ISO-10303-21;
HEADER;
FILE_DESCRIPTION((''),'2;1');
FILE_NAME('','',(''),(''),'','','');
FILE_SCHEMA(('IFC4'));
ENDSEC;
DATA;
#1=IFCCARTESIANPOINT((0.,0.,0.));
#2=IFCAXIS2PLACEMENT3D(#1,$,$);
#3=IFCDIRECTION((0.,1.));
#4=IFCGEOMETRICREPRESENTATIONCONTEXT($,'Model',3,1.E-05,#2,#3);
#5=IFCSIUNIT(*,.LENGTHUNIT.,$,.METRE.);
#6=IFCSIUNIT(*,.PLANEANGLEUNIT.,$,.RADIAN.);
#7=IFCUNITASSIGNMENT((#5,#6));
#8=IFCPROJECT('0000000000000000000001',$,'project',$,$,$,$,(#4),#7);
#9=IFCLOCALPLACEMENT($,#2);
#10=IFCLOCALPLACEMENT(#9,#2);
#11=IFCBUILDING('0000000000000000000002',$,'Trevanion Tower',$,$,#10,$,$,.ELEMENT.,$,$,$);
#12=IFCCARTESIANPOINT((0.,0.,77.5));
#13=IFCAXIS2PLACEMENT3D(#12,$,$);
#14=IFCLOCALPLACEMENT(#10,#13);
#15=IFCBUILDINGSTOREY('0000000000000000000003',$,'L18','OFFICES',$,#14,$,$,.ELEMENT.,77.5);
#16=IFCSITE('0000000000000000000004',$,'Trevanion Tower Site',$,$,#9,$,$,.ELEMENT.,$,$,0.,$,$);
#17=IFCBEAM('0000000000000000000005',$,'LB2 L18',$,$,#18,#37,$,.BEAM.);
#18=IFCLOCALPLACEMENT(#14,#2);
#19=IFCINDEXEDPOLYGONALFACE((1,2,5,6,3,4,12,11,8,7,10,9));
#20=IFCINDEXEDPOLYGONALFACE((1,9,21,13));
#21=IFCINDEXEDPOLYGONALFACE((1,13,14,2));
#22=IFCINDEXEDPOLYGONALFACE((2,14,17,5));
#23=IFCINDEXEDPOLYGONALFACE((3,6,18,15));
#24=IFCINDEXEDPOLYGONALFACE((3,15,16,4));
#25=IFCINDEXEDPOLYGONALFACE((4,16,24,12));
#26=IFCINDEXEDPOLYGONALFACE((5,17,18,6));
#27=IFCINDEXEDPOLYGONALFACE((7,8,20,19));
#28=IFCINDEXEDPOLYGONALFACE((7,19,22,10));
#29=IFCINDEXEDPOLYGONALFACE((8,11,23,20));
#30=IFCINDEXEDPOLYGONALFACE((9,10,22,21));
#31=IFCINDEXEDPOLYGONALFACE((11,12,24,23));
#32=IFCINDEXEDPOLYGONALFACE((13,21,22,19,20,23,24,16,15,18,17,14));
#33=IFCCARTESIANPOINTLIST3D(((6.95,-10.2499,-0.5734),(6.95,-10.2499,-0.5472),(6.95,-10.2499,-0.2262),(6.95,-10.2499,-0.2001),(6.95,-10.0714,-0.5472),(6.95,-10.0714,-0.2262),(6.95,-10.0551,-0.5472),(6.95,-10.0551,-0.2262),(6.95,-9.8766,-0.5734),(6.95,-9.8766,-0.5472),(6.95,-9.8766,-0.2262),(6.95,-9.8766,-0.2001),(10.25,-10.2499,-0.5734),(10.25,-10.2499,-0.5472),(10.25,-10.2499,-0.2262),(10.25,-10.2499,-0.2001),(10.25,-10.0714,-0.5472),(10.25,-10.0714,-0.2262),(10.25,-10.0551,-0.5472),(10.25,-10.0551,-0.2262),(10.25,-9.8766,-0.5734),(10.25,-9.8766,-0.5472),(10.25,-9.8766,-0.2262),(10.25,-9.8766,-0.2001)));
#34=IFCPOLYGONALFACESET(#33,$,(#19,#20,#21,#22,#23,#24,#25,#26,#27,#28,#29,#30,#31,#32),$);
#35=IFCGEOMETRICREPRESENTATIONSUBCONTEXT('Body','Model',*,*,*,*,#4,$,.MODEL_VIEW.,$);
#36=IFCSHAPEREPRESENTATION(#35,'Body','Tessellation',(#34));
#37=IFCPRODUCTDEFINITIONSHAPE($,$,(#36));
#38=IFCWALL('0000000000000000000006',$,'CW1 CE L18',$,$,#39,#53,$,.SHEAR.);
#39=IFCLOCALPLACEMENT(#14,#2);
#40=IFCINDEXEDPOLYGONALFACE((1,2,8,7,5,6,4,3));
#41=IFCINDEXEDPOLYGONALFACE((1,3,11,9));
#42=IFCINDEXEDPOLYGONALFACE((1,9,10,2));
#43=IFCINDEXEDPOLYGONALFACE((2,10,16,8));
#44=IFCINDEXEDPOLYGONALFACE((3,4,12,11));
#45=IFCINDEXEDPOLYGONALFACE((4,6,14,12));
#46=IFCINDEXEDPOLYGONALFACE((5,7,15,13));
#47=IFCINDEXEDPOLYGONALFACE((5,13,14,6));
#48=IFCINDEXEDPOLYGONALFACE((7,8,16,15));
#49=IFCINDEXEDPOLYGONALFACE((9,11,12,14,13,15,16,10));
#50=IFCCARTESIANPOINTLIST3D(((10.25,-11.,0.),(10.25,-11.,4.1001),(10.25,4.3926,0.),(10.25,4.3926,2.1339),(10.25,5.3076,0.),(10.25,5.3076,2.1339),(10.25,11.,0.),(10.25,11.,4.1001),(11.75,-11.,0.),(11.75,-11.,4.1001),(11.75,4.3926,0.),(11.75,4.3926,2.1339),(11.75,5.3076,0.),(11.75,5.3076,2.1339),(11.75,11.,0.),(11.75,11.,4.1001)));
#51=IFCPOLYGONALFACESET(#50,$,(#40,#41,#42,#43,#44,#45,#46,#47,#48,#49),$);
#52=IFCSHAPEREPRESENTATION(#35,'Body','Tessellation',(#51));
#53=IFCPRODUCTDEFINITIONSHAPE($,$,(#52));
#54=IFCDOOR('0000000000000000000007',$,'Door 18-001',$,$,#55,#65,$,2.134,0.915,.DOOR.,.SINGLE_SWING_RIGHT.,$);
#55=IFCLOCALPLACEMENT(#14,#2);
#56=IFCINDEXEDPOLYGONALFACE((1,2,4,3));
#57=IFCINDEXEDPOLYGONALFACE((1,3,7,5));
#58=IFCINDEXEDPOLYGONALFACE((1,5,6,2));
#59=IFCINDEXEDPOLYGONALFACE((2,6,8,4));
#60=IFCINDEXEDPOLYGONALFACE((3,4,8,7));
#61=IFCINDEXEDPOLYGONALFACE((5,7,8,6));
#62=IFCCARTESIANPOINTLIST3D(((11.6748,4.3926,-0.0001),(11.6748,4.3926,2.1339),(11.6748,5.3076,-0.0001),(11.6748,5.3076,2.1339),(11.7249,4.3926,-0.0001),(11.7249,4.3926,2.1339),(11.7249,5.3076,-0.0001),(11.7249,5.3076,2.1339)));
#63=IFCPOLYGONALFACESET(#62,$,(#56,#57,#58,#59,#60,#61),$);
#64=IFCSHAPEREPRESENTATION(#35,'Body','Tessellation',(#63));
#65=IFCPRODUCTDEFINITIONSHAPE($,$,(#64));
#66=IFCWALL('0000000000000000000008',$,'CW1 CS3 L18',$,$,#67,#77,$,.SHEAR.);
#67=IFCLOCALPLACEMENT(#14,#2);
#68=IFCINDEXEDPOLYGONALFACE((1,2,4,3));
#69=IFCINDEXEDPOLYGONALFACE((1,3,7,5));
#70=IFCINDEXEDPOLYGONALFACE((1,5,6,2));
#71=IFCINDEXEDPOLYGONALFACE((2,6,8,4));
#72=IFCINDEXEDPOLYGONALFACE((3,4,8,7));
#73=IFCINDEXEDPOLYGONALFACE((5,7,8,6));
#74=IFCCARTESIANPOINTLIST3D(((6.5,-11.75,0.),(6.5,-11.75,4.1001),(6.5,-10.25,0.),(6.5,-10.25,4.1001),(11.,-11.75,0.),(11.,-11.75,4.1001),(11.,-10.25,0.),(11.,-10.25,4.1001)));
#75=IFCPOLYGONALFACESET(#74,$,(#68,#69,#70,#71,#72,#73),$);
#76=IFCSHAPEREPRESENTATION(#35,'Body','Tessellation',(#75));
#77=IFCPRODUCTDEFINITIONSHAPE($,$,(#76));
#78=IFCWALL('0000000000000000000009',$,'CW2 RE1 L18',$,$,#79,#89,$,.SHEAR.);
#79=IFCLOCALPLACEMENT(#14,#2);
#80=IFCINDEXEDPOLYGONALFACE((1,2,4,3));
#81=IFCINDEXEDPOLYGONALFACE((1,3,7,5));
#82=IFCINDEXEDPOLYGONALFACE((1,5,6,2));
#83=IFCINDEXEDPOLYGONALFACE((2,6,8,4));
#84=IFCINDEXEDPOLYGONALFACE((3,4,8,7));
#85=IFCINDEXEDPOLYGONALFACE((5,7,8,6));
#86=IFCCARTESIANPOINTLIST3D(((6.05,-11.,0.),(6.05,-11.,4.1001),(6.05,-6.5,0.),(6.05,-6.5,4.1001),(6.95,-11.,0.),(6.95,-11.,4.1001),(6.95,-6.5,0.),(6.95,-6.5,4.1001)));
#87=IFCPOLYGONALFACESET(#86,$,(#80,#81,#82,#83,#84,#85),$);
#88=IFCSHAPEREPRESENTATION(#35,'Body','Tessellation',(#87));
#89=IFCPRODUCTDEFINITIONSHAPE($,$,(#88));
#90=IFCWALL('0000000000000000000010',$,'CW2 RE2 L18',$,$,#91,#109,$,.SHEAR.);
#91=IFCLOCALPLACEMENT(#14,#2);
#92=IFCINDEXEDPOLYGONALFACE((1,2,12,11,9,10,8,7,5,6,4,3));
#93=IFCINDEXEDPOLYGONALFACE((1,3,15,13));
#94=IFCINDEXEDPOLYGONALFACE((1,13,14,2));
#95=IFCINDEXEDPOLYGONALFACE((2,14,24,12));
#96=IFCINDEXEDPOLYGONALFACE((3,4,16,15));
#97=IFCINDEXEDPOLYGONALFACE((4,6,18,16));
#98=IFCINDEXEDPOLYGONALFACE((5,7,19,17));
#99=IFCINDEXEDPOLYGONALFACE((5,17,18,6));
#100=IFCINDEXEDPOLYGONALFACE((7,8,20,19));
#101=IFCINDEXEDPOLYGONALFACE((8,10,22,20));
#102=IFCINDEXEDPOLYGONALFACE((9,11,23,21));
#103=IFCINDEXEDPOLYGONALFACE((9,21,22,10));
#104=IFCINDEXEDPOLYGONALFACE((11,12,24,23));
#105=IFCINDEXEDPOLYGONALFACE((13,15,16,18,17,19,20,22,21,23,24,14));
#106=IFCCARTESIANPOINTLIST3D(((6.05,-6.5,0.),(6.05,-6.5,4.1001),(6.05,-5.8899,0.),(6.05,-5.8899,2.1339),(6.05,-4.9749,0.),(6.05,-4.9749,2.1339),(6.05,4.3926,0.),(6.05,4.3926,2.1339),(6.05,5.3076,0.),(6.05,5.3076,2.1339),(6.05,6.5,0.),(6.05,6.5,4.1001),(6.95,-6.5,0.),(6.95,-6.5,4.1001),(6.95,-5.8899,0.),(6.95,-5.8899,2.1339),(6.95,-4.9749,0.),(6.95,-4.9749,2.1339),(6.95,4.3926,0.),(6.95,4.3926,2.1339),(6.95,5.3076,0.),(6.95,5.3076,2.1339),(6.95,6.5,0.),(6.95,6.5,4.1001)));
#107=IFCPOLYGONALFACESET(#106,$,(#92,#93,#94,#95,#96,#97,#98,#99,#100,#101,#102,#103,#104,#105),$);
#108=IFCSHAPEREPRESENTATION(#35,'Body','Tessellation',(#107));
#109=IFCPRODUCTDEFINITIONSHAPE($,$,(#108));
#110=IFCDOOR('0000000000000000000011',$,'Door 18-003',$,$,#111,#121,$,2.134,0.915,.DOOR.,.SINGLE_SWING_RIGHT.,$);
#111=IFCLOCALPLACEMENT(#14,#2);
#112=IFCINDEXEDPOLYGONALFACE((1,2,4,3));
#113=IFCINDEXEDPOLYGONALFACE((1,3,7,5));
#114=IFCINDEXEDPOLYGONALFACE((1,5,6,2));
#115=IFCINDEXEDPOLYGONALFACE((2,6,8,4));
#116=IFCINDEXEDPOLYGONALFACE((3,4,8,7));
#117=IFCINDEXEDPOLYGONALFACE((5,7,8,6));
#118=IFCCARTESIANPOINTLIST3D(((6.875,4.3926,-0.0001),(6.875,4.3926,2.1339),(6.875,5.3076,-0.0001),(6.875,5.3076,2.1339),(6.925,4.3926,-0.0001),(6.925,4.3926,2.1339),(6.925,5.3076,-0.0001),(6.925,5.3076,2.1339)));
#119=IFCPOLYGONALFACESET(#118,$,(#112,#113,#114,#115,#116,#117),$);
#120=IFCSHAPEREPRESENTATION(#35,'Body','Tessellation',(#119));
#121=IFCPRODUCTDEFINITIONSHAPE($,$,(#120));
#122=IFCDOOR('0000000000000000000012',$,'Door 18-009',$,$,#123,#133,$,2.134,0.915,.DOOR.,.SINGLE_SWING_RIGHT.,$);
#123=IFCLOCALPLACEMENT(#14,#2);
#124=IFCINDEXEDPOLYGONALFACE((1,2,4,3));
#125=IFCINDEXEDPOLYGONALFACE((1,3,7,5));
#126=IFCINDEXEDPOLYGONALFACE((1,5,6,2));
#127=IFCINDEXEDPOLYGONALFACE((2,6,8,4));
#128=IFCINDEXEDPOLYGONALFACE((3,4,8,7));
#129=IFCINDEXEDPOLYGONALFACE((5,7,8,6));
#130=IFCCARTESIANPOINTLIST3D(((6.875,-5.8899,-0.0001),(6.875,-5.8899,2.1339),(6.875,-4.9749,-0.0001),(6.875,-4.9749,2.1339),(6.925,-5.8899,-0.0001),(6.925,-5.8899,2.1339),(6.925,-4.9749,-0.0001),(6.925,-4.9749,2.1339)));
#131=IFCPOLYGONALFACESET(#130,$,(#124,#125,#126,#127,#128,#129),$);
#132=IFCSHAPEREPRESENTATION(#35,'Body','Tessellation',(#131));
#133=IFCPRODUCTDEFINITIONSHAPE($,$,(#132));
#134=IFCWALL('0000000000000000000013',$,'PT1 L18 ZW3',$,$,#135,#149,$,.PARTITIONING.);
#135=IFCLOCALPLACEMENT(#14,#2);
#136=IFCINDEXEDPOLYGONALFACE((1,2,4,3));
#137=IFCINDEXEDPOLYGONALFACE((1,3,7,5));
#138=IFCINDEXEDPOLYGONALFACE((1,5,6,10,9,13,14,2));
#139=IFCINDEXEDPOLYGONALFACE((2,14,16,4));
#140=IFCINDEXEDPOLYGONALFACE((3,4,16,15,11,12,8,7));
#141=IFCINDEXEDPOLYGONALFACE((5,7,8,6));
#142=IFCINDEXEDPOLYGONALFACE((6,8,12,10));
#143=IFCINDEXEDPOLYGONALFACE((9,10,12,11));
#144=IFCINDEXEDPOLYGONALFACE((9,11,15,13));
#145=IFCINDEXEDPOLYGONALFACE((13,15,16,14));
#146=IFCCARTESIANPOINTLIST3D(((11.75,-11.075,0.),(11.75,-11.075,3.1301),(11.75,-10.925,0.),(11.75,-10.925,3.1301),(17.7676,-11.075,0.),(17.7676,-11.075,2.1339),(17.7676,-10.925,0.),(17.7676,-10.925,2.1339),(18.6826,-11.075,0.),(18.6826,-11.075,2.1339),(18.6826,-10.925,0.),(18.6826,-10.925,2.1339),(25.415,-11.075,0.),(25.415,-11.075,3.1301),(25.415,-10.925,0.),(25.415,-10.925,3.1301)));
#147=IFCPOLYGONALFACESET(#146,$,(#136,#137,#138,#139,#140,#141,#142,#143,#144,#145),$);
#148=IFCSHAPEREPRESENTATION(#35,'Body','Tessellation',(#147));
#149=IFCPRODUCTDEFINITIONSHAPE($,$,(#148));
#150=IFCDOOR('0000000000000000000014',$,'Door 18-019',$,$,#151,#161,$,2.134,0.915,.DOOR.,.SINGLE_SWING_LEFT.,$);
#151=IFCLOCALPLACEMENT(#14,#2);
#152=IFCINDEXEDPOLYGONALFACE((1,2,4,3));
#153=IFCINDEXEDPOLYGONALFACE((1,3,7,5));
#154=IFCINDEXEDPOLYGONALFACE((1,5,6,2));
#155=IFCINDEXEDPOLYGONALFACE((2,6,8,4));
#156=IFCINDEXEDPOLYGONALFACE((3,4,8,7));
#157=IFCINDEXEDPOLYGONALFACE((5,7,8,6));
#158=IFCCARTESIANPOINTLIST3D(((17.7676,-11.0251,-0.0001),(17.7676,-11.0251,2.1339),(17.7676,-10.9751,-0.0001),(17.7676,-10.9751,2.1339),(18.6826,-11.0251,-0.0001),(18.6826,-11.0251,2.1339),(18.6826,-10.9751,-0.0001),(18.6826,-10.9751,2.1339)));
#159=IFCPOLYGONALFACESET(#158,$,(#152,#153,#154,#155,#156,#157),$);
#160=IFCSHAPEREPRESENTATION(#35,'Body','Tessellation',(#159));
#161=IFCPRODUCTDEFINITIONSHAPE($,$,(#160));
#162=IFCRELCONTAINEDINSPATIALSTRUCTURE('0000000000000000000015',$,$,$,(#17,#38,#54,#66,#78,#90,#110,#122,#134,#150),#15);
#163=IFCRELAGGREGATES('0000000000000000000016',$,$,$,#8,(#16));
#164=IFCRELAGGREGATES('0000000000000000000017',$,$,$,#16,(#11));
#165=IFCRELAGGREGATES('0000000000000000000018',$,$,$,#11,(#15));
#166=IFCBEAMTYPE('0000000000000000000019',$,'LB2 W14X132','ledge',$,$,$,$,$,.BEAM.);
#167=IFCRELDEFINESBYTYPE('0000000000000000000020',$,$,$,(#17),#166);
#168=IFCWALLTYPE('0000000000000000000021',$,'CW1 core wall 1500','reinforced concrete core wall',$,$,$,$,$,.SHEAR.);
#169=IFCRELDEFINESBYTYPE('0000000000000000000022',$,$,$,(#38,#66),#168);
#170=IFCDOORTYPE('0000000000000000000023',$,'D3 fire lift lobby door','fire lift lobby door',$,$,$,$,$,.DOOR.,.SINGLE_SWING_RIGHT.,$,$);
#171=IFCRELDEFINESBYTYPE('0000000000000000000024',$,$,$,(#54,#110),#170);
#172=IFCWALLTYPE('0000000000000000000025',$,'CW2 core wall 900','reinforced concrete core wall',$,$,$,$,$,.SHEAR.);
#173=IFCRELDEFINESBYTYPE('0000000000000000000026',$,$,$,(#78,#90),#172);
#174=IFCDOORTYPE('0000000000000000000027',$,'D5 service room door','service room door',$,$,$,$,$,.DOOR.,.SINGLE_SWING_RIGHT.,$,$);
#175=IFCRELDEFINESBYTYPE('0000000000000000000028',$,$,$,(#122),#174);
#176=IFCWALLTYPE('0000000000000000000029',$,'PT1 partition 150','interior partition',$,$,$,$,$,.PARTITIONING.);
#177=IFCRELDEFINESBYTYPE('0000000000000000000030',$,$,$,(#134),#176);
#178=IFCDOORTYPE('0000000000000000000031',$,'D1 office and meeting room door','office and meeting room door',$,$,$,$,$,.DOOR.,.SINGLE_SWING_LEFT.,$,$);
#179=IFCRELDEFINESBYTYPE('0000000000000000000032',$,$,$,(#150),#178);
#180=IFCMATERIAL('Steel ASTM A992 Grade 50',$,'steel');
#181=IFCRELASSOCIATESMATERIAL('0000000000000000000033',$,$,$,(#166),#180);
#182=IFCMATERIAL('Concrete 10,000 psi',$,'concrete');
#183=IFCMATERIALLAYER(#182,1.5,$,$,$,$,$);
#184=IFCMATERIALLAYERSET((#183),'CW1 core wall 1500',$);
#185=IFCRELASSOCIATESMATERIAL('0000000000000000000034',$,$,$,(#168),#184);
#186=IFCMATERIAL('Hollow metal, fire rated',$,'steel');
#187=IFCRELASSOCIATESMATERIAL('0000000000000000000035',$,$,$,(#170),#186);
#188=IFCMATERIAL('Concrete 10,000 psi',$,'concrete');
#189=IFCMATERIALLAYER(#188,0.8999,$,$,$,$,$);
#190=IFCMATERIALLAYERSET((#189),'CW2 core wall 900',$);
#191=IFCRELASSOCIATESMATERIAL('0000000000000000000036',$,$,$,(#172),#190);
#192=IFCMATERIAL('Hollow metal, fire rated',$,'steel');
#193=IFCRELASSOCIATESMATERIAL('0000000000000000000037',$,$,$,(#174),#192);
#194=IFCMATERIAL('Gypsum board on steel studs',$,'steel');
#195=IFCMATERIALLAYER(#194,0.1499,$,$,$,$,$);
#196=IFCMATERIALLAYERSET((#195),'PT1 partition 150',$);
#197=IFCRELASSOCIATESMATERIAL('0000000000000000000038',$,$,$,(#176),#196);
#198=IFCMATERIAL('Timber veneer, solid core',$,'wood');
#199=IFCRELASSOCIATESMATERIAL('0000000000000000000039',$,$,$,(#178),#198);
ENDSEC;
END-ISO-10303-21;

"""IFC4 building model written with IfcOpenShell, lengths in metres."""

from ifc_helpers import new_model, si_unit, direction, frame, frame_2d, origin, origin_2d, place, context, subcontext, project, spatial, rectangle, i_section, extrude, material, layer, layer_set, material_profile, profile_set, type_object, element, fill, save


model = new_model("IFC4")

# Units and contexts
model_context = context("Model", 3, precision=1e-05, world=origin(), true_north=direction((0.0, 1.0)))
body_context = subcontext(model_context, "Body", "Model", "MODEL_VIEW")
ifc_project = project(units=[si_unit("LENGTHUNIT", "METRE"), si_unit("PLANEANGLEUNIT", "RADIAN")], contexts=[model_context])

# Site, building, storey
site_placement = place(None, origin())
site = spatial("IfcSite", under=ifc_project, at=site_placement, Name="Trevanion Tower Site", CompositionType="ELEMENT", RefElevation=0.0)
building_placement = place(site_placement, origin())
building = spatial("IfcBuilding", under=site, at=building_placement, Name="Trevanion Tower", CompositionType="ELEMENT")
storey_placement = place(building_placement, frame((0.0, 0.0, 77.5)))
storey = spatial("IfcBuildingStorey", under=building, at=storey_placement, Name="L18", Description="OFFICES", CompositionType="ELEMENT", Elevation=77.5)

# Beam
ifc_material_1 = material(Name="Steel ASTM A992 Grade 50", Category="steel")
ifc_material_profile_1 = material_profile(ifc_material_1, i_section(OverallWidth=0.3733, OverallDepth=0.3733, WebThickness=0.0164, FlangeThickness=0.0261, at=origin_2d()), Name="W14X132")
ifc_profile_set_1 = profile_set([ifc_material_profile_1], Name="Steel ASTM A992 Grade 50")
beam_type_1 = type_object("IfcBeamType", Name="LB2 W14X132", Description="ledge", PredefinedType="BEAM", material=ifc_profile_set_1)
beam_1_placement = place(storey_placement, frame((6.95, -10.0632, -0.3867), z_axis=(1.0, 0.0, 0.0), x_axis=(0.0, 1.0, 0.0)))
element("IfcBeam", 1, at=beam_1_placement, inside=storey, type_object=beam_type_1, Name="LB2 L18", PredefinedType="BEAM", context=body_context, shape_type="SweptSolid", body=[
    extrude(i_section(OverallWidth=0.3733, OverallDepth=0.3733, WebThickness=0.0164, FlangeThickness=0.0261, at=origin_2d()), origin(), (0.0, 0.0, 1.0), 3.3),
])

# Wall, opening, door
ifc_material_2 = material(Name="Concrete 10,000 psi", Category="concrete")
ifc_layer_1 = layer(ifc_material_2, 1.5)
ifc_layer_set_1 = layer_set([ifc_layer_1], Name="CW1 core wall 1500")
wall_type_1 = type_object("IfcWallType", Name="CW1 core wall 1500", Description="reinforced concrete core wall", PredefinedType="SHEAR", material=ifc_layer_set_1)
wall_1_placement = place(storey_placement, frame((11.0, -11.0, 0.0), z_axis=(0.0, 0.0, 1.0), x_axis=(0.0, 1.0, 0.0)))
wall_1 = element("IfcWall", 2, at=wall_1_placement, inside=storey, type_object=wall_type_1, Name="CW1 CE L18", PredefinedType="SHEAR", context=body_context, shape_type="SweptSolid", body=[
    extrude(rectangle(XDim=22.0, YDim=1.5, at=frame_2d((11.0, 0.0))), origin(), (0.0, 0.0, 1.0), 4.1001),
])
opening_1_placement = place(wall_1_placement, frame((15.3926, 0.0, 0.0)))
opening_1 = element("IfcOpeningElement", 3, at=opening_1_placement, cuts=wall_1, PredefinedType="OPENING", context=body_context, shape_type="SweptSolid", body=[
    extrude(rectangle(XDim=0.915, YDim=2.134, at=frame_2d((0.4575, 1.0669))), frame((0.0, 0.76, 0.0), z_axis=(0.0, -1.0, 0.0), x_axis=(1.0, 0.0, 0.0)), (0.0, 0.0, 1.0), 1.52),
])
ifc_material_3 = material(Name="Hollow metal, fire rated", Category="steel")
door_type_1 = type_object("IfcDoorType", Name="D3 fire lift lobby door", Description="fire lift lobby door", OperationType="SINGLE_SWING_RIGHT", PredefinedType="DOOR", material=ifc_material_3)
door_1_placement = place(opening_1_placement, origin())
door_1 = element("IfcDoor", 4, at=door_1_placement, inside=storey, type_object=door_type_1, Name="Door 18-001", OperationType="SINGLE_SWING_RIGHT", OverallHeight=2.134, OverallWidth=0.915, PredefinedType="DOOR", context=body_context, shape_type="SweptSolid", body=[
    extrude(rectangle(XDim=0.915, YDim=2.134, at=frame_2d((0.4575, 1.0669))), frame((0.0, -0.6748, 0.0), z_axis=(0.0, -1.0, 0.0), x_axis=(1.0, 0.0, 0.0)), (0.0, 0.0, 1.0), 0.05),
])
fill(opening_1, door_1)

# Walls
wall_2_placement = place(storey_placement, frame((6.5, -11.0, 0.0), z_axis=(0.0, 0.0, 1.0), x_axis=(1.0, 0.0, 0.0)))
element("IfcWall", 5, at=wall_2_placement, inside=storey, type_object=wall_type_1, Name="CW1 CS3 L18", PredefinedType="SHEAR", context=body_context, shape_type="SweptSolid", body=[
    extrude(rectangle(XDim=4.5, YDim=1.5, at=frame_2d((2.25, 0.0))), origin(), (0.0, 0.0, 1.0), 4.1001),
])
ifc_material_4 = material(Name="Concrete 10,000 psi", Category="concrete")
ifc_layer_2 = layer(ifc_material_4, 0.8999)
ifc_layer_set_2 = layer_set([ifc_layer_2], Name="CW2 core wall 900")
wall_type_2 = type_object("IfcWallType", Name="CW2 core wall 900", Description="reinforced concrete core wall", PredefinedType="SHEAR", material=ifc_layer_set_2)
wall_3_placement = place(storey_placement, frame((6.5, -11.0, 0.0), z_axis=(0.0, 0.0, 1.0), x_axis=(0.0, 1.0, 0.0)))
element("IfcWall", 6, at=wall_3_placement, inside=storey, type_object=wall_type_2, Name="CW2 RE1 L18", PredefinedType="SHEAR", context=body_context, shape_type="SweptSolid", body=[
    extrude(rectangle(XDim=4.5, YDim=0.8999, at=frame_2d((2.25, 0.0))), origin(), (0.0, 0.0, 1.0), 4.1001),
])

# Wall, openings, doors
wall_4_placement = place(storey_placement, frame((6.5, -6.5, 0.0), z_axis=(0.0, 0.0, 1.0), x_axis=(0.0, 1.0, 0.0)))
wall_4 = element("IfcWall", 7, at=wall_4_placement, inside=storey, type_object=wall_type_2, Name="CW2 RE2 L18", PredefinedType="SHEAR", context=body_context, shape_type="SweptSolid", body=[
    extrude(rectangle(XDim=13.0, YDim=0.8999, at=frame_2d((6.5, 0.0))), origin(), (0.0, 0.0, 1.0), 4.1001),
])
opening_2_placement = place(wall_4_placement, frame((10.8926, 0.0, 0.0)))
opening_2 = element("IfcOpeningElement", 8, at=opening_2_placement, cuts=wall_4, PredefinedType="OPENING", context=body_context, shape_type="SweptSolid", body=[
    extrude(rectangle(XDim=0.915, YDim=2.134, at=frame_2d((0.4575, 1.0669))), frame((0.0, 0.46, 0.0), z_axis=(0.0, -1.0, 0.0), x_axis=(1.0, 0.0, 0.0)), (0.0, 0.0, 1.0), 0.9199),
])
opening_3_placement = place(wall_4_placement, frame((0.6101, 0.0, 0.0)))
opening_3 = element("IfcOpeningElement", 9, at=opening_3_placement, cuts=wall_4, PredefinedType="OPENING", context=body_context, shape_type="SweptSolid", body=[
    extrude(rectangle(XDim=0.915, YDim=2.134, at=frame_2d((0.4575, 1.0669))), frame((0.0, 0.46, 0.0), z_axis=(0.0, -1.0, 0.0), x_axis=(1.0, 0.0, 0.0)), (0.0, 0.0, 1.0), 0.9199),
])
door_2_placement = place(opening_2_placement, origin())
door_2 = element("IfcDoor", 10, at=door_2_placement, inside=storey, type_object=door_type_1, Name="Door 18-003", OperationType="SINGLE_SWING_RIGHT", OverallHeight=2.134, OverallWidth=0.915, PredefinedType="DOOR", context=body_context, shape_type="SweptSolid", body=[
    extrude(rectangle(XDim=0.915, YDim=2.134, at=frame_2d((0.4575, 1.0669))), frame((0.0, -0.375, 0.0), z_axis=(0.0, -1.0, 0.0), x_axis=(1.0, 0.0, 0.0)), (0.0, 0.0, 1.0), 0.05),
])
fill(opening_2, door_2)
ifc_material_5 = material(Name="Hollow metal, fire rated", Category="steel")
door_type_2 = type_object("IfcDoorType", Name="D5 service room door", Description="service room door", OperationType="SINGLE_SWING_RIGHT", PredefinedType="DOOR", material=ifc_material_5)
door_3_placement = place(opening_3_placement, origin())
door_3 = element("IfcDoor", 11, at=door_3_placement, inside=storey, type_object=door_type_2, Name="Door 18-009", OperationType="SINGLE_SWING_RIGHT", OverallHeight=2.134, OverallWidth=0.915, PredefinedType="DOOR", context=body_context, shape_type="SweptSolid", body=[
    extrude(rectangle(XDim=0.915, YDim=2.134, at=frame_2d((0.4575, 1.0669))), frame((0.0, -0.375, 0.0), z_axis=(0.0, -1.0, 0.0), x_axis=(1.0, 0.0, 0.0)), (0.0, 0.0, 1.0), 0.05),
])
fill(opening_3, door_3)

# Wall, opening, door
ifc_material_6 = material(Name="Gypsum board on steel studs", Category="steel")
ifc_layer_3 = layer(ifc_material_6, 0.1499)
ifc_layer_set_3 = layer_set([ifc_layer_3], Name="PT1 partition 150")
wall_type_3 = type_object("IfcWallType", Name="PT1 partition 150", Description="interior partition", PredefinedType="PARTITIONING", material=ifc_layer_set_3)
wall_5_placement = place(storey_placement, frame((11.75, -11.0, 0.0), z_axis=(0.0, 0.0, 1.0), x_axis=(1.0, 0.0, 0.0)))
wall_5 = element("IfcWall", 12, at=wall_5_placement, inside=storey, type_object=wall_type_3, Name="PT1 L18 ZW3", PredefinedType="PARTITIONING", context=body_context, shape_type="SweptSolid", body=[
    extrude(rectangle(XDim=13.665, YDim=0.1499, at=frame_2d((6.8325, 0.0))), origin(), (0.0, 0.0, 1.0), 3.1301),
])
opening_4_placement = place(wall_5_placement, frame((6.0176, 0.0, 0.0)))
opening_4 = element("IfcOpeningElement", 13, at=opening_4_placement, cuts=wall_5, PredefinedType="OPENING", context=body_context, shape_type="SweptSolid", body=[
    extrude(rectangle(XDim=0.915, YDim=2.134, at=frame_2d((0.4575, 1.0669))), frame((0.0, 0.085, 0.0), z_axis=(0.0, -1.0, 0.0), x_axis=(1.0, 0.0, 0.0)), (0.0, 0.0, 1.0), 0.1699),
])
ifc_material_7 = material(Name="Timber veneer, solid core", Category="wood")
door_type_3 = type_object("IfcDoorType", Name="D1 office and meeting room door", Description="office and meeting room door", OperationType="SINGLE_SWING_LEFT", PredefinedType="DOOR", material=ifc_material_7)
door_4_placement = place(opening_4_placement, origin())
door_4 = element("IfcDoor", 14, at=door_4_placement, inside=storey, type_object=door_type_3, Name="Door 18-019", OperationType="SINGLE_SWING_LEFT", OverallHeight=2.134, OverallWidth=0.915, PredefinedType="DOOR", context=body_context, shape_type="SweptSolid", body=[
    extrude(rectangle(XDim=0.915, YDim=2.134, at=frame_2d((0.4575, 1.0669))), frame((0.0, 0.0249, 0.0), z_axis=(0.0, -1.0, 0.0), x_axis=(1.0, 0.0, 0.0)), (0.0, 0.0, 1.0), 0.05),
])
fill(opening_4, door_4)

save(model, "model.ifc")
